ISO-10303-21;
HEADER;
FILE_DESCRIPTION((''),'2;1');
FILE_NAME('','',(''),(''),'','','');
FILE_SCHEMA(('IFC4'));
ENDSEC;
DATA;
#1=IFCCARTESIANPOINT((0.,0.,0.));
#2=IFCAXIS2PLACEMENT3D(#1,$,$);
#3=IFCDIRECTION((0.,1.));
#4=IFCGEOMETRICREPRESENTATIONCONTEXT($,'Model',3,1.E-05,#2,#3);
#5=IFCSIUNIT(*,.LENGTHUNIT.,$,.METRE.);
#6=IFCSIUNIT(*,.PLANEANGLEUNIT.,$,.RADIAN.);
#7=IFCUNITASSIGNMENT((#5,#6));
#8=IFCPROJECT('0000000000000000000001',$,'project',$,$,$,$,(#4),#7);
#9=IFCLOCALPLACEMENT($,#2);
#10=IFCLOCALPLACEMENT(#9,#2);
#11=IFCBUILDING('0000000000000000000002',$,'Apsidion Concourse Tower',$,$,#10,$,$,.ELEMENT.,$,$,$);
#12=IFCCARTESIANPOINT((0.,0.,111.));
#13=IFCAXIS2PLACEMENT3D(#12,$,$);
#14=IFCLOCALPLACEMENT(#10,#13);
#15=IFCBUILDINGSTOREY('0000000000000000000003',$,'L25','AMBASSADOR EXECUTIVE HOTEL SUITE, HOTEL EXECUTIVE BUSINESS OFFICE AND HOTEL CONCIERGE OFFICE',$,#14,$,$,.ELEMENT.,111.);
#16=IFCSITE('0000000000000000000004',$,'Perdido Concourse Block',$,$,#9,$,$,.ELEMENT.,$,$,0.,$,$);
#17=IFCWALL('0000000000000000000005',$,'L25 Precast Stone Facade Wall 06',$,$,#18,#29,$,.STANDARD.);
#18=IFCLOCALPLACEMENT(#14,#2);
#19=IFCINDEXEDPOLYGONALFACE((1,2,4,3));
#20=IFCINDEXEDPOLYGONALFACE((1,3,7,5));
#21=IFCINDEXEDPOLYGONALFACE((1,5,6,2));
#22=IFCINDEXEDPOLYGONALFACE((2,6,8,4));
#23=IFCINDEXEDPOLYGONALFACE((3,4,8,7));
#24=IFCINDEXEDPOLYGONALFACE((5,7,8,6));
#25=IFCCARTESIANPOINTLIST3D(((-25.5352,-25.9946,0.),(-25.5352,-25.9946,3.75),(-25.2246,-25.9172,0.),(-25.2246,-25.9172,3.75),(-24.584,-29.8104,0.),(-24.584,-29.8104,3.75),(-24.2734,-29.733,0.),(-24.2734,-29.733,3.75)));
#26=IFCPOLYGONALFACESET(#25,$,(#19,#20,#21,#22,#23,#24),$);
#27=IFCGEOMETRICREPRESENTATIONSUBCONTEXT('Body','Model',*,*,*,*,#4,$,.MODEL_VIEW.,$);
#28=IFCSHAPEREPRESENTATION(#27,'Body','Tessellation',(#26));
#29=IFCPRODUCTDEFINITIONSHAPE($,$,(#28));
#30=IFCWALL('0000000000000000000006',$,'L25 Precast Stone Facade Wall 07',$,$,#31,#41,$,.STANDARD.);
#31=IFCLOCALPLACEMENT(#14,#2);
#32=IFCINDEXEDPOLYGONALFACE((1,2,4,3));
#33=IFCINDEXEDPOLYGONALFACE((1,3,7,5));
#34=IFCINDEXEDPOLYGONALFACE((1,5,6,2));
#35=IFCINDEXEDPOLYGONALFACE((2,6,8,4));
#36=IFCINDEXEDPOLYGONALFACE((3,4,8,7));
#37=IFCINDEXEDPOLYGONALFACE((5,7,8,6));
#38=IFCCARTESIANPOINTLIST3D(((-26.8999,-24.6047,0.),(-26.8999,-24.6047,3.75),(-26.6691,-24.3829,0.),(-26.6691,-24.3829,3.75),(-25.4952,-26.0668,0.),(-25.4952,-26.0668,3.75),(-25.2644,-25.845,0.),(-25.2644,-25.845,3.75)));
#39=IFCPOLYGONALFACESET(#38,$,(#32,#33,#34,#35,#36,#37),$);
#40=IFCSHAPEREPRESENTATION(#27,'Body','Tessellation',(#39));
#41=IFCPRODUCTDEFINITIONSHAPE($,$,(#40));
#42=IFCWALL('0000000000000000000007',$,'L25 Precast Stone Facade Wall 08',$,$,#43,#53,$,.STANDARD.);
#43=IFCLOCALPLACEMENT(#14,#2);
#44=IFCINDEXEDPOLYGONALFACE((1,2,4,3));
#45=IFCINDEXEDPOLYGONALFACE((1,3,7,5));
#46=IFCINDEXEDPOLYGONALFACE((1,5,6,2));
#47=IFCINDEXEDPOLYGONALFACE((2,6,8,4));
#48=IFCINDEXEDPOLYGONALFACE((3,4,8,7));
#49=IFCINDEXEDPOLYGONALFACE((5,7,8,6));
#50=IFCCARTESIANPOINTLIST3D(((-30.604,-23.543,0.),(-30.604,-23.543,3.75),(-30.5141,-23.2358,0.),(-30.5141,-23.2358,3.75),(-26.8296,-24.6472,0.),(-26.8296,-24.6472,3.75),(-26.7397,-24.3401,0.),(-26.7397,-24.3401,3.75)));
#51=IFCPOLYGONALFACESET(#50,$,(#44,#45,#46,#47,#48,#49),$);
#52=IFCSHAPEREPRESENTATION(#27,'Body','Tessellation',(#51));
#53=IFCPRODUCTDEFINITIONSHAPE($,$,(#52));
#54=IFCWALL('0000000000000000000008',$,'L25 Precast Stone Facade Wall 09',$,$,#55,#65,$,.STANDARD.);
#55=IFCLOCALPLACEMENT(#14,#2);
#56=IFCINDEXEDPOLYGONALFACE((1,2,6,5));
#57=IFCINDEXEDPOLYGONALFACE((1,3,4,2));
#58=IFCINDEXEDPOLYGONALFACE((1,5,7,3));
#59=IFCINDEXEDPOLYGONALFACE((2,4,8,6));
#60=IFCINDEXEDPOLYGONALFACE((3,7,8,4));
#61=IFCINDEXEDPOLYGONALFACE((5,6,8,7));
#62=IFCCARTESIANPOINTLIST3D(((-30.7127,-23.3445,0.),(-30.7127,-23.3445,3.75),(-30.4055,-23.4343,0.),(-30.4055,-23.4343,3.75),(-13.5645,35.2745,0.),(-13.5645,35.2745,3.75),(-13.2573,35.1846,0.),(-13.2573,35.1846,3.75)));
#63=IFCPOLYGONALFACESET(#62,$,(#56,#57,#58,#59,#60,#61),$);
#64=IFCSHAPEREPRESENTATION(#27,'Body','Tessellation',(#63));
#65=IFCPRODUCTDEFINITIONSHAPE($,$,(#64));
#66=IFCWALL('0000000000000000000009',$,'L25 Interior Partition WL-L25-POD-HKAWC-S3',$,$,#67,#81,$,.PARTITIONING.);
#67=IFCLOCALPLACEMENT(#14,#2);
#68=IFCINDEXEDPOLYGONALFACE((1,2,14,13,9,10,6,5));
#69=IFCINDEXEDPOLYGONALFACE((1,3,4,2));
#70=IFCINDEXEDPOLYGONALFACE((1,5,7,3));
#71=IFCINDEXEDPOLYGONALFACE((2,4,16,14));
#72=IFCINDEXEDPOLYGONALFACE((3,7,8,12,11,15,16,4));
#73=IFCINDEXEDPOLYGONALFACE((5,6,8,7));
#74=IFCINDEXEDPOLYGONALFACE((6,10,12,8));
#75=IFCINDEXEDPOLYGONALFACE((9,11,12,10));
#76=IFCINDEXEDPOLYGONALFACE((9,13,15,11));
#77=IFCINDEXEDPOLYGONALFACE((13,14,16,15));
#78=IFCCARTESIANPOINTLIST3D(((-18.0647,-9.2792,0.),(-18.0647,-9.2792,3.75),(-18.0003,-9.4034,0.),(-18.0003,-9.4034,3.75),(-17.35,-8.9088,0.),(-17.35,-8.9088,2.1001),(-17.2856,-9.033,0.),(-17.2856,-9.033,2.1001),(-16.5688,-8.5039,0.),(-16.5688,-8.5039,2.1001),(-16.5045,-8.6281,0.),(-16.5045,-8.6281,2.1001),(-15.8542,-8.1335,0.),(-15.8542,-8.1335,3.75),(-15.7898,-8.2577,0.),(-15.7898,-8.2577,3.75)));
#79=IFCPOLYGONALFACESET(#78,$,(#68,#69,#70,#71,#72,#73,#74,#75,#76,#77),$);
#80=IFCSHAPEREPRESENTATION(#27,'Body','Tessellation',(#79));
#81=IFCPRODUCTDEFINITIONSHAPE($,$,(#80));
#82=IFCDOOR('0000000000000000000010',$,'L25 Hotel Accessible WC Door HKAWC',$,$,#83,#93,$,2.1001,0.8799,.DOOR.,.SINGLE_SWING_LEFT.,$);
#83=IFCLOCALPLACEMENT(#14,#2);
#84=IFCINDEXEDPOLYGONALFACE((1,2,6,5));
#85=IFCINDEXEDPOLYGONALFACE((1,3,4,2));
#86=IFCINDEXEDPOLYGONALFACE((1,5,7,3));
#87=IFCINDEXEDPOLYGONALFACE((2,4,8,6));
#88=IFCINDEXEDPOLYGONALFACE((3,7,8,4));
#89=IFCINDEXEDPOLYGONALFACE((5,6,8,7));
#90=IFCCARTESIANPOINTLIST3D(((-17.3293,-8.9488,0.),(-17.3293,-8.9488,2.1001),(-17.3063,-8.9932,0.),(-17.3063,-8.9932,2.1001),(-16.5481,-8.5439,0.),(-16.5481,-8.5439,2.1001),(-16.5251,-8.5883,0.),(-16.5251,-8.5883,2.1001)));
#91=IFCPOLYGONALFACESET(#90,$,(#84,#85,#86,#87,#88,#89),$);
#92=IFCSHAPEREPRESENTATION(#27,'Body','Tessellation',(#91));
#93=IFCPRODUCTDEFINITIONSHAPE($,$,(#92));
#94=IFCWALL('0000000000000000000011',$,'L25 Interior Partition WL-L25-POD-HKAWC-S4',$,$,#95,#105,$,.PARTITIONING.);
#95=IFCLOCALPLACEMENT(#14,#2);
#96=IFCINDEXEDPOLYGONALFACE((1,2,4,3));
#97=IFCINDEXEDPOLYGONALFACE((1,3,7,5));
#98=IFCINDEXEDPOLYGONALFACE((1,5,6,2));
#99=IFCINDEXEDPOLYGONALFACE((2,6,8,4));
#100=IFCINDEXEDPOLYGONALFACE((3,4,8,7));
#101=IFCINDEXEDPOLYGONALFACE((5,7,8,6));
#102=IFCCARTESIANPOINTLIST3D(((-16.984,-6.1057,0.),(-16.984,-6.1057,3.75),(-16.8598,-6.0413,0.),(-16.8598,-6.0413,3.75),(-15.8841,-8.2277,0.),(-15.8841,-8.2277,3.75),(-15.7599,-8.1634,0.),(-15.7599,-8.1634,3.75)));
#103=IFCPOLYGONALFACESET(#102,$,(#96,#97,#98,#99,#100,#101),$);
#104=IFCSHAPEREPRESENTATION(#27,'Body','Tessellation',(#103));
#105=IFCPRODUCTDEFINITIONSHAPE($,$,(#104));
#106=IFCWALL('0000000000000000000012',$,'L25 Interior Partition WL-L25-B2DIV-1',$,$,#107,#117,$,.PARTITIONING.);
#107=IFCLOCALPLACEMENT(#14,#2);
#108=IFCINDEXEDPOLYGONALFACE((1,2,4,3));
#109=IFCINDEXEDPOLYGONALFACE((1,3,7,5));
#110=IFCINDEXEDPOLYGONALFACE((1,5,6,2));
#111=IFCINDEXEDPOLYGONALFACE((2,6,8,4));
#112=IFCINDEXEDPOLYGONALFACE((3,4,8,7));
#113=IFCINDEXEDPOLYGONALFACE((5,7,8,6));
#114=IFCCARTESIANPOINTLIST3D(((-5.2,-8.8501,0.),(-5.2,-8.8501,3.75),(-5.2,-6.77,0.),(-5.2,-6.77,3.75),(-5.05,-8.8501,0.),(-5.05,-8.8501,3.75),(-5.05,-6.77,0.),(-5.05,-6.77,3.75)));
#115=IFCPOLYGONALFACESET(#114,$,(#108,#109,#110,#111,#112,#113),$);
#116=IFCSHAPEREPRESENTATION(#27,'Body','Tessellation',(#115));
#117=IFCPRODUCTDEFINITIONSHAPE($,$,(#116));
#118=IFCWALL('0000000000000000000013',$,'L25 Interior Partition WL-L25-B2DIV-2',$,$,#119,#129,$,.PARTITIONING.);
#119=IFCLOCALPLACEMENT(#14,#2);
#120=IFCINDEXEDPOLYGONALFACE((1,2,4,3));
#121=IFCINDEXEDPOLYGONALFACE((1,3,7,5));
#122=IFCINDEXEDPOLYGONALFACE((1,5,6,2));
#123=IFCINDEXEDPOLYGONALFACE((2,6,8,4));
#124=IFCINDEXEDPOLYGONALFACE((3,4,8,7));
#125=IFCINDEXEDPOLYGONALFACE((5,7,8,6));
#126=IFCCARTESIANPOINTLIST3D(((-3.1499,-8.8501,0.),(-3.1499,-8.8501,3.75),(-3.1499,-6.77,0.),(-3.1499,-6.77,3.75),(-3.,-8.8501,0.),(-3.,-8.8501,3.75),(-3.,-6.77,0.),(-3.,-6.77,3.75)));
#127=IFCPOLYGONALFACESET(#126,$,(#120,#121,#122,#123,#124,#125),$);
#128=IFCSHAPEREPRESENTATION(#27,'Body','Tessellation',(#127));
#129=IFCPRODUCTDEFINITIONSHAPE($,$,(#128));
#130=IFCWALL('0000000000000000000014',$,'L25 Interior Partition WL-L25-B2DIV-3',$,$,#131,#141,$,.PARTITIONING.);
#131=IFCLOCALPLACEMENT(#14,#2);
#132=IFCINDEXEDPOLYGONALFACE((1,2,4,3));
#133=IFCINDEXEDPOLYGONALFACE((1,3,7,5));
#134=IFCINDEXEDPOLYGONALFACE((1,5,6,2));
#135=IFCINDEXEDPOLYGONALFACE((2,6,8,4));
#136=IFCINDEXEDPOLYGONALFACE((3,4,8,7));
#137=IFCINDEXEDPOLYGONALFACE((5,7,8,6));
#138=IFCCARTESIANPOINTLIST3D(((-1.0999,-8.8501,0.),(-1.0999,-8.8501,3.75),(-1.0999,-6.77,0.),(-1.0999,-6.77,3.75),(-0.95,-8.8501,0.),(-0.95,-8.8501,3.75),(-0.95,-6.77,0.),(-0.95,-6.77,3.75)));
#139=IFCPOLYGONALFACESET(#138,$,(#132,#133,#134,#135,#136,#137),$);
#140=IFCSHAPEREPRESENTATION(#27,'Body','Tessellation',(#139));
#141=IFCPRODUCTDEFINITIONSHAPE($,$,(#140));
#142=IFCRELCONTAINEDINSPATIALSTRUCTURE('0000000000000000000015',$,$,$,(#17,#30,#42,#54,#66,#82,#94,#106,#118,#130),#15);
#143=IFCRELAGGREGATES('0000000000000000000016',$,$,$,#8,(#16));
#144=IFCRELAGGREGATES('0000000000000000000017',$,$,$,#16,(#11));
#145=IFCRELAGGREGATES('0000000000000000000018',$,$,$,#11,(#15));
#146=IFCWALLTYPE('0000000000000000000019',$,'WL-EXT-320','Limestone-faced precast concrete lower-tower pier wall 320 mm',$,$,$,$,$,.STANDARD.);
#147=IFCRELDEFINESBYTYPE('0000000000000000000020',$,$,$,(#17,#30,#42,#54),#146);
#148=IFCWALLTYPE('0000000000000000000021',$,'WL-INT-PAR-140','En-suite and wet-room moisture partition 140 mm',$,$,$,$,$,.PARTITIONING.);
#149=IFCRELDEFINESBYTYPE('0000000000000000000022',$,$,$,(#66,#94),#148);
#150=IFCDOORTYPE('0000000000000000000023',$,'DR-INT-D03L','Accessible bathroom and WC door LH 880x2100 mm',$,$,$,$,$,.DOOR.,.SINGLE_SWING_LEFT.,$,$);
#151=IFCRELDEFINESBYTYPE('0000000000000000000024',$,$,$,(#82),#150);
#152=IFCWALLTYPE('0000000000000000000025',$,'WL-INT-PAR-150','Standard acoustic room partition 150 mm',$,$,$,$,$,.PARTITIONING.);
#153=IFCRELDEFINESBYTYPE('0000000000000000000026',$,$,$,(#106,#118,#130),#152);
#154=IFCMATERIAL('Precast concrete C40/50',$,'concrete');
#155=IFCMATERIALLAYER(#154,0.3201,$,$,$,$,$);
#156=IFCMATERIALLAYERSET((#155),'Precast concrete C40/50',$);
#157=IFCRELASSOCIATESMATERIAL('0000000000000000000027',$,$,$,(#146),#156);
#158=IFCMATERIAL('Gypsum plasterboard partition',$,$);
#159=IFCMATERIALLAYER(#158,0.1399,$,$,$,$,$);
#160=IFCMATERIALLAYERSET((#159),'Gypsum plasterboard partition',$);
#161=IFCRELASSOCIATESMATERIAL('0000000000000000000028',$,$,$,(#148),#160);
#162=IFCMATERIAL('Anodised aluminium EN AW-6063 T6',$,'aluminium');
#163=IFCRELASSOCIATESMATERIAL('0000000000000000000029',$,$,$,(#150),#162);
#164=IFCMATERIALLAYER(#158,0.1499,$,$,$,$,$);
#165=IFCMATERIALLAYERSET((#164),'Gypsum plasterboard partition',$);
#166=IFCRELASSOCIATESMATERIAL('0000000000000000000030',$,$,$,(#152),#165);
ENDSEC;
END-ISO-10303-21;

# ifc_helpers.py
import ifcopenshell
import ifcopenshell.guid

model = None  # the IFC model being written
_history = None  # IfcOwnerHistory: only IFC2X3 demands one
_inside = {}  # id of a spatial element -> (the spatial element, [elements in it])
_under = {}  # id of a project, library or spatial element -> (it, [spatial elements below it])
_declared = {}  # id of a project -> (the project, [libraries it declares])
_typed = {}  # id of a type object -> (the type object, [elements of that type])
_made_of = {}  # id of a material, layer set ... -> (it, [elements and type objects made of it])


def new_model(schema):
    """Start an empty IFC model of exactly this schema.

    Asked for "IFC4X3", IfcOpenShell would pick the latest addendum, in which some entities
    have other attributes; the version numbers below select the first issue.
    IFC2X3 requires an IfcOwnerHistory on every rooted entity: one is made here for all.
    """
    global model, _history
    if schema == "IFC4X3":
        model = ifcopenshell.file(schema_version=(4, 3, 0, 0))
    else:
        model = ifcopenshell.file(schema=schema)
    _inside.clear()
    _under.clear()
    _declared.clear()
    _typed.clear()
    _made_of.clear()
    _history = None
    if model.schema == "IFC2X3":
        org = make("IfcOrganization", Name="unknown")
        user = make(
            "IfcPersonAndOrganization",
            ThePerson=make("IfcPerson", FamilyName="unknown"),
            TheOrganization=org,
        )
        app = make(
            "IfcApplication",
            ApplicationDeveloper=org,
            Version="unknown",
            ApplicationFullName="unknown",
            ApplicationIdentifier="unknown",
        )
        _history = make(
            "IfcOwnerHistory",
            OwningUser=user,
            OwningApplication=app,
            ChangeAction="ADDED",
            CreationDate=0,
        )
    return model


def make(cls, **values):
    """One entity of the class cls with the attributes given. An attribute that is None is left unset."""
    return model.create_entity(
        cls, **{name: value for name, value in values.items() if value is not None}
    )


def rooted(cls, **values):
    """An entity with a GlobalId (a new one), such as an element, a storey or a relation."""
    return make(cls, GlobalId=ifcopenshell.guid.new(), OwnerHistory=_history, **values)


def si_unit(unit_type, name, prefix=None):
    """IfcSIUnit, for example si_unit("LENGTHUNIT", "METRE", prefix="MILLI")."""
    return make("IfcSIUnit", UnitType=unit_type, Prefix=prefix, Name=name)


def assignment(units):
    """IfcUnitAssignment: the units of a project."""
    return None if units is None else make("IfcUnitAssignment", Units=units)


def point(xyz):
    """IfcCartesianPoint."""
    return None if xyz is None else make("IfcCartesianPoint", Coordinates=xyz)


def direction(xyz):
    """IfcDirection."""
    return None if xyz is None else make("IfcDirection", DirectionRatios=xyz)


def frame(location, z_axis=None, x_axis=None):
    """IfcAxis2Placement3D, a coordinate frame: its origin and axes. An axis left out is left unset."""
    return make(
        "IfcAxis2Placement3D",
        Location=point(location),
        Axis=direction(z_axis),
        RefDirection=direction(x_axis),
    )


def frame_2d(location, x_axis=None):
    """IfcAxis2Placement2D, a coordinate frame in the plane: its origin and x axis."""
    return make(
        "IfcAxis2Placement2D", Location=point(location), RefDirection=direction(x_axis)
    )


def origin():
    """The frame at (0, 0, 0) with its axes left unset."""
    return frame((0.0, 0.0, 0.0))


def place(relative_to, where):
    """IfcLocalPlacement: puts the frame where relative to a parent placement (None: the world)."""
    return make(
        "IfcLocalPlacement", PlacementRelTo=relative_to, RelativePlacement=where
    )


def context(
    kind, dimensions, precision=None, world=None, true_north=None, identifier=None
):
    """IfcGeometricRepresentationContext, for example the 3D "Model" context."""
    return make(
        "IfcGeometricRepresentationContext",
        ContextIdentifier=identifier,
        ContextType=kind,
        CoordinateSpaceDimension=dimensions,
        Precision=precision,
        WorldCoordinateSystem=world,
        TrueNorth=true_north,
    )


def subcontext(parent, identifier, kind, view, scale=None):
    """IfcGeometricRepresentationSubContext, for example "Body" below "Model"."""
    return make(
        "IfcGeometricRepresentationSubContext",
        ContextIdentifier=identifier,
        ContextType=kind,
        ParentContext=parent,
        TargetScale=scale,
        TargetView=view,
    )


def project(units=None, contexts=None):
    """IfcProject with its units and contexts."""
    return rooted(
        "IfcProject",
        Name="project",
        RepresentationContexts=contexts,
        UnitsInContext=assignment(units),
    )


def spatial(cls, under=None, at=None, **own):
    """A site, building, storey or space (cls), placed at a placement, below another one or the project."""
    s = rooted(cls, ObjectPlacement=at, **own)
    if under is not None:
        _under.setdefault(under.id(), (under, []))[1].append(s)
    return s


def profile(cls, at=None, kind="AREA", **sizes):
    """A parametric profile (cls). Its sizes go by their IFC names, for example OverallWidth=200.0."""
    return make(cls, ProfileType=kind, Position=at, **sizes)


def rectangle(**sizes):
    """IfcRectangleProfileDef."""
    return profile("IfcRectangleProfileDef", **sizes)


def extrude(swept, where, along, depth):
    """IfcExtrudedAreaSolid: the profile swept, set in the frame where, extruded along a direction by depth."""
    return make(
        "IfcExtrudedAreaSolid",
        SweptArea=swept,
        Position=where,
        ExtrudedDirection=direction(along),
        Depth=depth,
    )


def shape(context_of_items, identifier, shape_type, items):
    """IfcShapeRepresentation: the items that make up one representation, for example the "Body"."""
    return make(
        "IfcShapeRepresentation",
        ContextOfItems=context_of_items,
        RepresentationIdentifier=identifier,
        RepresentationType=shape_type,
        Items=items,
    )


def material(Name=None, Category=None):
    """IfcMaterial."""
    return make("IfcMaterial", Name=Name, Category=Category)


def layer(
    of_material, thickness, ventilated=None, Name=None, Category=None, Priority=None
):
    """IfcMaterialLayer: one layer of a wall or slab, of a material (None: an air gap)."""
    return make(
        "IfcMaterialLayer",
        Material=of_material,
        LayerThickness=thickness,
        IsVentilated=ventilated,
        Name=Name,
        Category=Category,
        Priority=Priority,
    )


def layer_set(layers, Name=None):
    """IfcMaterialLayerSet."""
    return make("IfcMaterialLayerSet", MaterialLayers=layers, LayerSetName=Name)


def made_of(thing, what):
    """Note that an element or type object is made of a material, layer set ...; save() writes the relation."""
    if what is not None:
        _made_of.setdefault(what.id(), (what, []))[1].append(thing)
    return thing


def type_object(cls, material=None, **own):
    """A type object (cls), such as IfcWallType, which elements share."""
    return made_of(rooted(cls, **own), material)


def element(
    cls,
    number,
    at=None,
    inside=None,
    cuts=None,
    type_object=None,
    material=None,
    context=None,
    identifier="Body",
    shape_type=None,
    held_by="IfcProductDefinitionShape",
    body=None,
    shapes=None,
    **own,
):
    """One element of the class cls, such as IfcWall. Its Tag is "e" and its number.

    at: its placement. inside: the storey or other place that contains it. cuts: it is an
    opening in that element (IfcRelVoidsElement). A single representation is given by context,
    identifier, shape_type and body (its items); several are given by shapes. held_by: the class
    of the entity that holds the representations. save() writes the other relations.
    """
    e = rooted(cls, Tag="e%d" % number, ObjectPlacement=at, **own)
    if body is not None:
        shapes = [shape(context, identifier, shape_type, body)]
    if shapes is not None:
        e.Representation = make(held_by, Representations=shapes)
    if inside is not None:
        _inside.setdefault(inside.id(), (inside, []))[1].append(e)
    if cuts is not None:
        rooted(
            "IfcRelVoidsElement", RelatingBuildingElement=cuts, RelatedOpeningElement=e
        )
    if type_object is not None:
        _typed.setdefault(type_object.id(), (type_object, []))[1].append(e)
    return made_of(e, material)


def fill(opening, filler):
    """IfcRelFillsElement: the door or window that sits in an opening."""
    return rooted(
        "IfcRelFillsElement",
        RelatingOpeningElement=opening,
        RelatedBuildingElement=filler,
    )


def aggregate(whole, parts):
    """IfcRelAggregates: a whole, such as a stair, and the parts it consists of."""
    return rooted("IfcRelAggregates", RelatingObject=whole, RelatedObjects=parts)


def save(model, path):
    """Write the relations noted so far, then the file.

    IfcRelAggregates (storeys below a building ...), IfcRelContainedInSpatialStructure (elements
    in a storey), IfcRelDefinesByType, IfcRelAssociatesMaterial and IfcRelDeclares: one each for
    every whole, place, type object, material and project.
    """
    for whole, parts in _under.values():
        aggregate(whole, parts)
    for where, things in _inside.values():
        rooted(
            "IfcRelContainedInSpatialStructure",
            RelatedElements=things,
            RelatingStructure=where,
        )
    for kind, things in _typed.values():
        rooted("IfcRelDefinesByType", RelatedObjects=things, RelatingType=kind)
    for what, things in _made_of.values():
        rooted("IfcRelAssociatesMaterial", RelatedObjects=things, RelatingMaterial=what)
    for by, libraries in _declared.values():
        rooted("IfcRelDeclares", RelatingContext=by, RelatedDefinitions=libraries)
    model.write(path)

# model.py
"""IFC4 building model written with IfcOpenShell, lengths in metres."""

from ifc_helpers import new_model, si_unit, direction, frame, frame_2d, origin, place, context, subcontext, project, spatial, rectangle, extrude, material, layer, layer_set, type_object, element, fill, save


model = new_model("IFC4")

# Units and contexts
model_context = context("Model", 3, precision=1e-05, world=origin(), true_north=direction((0.0, 1.0)))
body_context = subcontext(model_context, "Body", "Model", "MODEL_VIEW")
ifc_project = project(units=[si_unit("LENGTHUNIT", "METRE"), si_unit("PLANEANGLEUNIT", "RADIAN")], contexts=[model_context])

# Site, building, storey
site_placement = place(None, origin())
site = spatial("IfcSite", under=ifc_project, at=site_placement, Name="Perdido Concourse Block", CompositionType="ELEMENT", RefElevation=0.0)
building_placement = place(site_placement, origin())
building = spatial("IfcBuilding", under=site, at=building_placement, Name="Apsidion Concourse Tower", CompositionType="ELEMENT")
storey_placement = place(building_placement, frame((0.0, 0.0, 111.0)))
storey = spatial("IfcBuildingStorey", under=building, at=storey_placement, Name="L25", Description="AMBASSADOR EXECUTIVE HOTEL SUITE, HOTEL EXECUTIVE BUSINESS OFFICE AND HOTEL CONCIERGE OFFICE", CompositionType="ELEMENT", Elevation=111.0)

# Walls
ifc_material_1 = material(Name="Precast concrete C40/50", Category="concrete")
ifc_layer_1 = layer(ifc_material_1, 0.3201)
ifc_layer_set_1 = layer_set([ifc_layer_1], Name="Precast concrete C40/50")
wall_type_1 = type_object("IfcWallType", Name="WL-EXT-320", Description="Limestone-faced precast concrete lower-tower pier wall 320 mm", PredefinedType="STANDARD", material=ifc_layer_set_1)
wall_1_placement = place(storey_placement, frame((-24.4287, -29.7717, 0.0), z_axis=(0.0, 0.0, 1.0), x_axis=(-0.241864, 0.97031, 0.0)))
element("IfcWall", 1, at=wall_1_placement, inside=storey, type_object=wall_type_1, Name="L25 Precast Stone Facade Wall 06", PredefinedType="STANDARD", context=body_context, shape_type="SweptSolid", body=[
    extrude(rectangle(XDim=3.9326, YDim=0.3201, at=frame_2d((1.9663, 0.0))), origin(), (0.0, 0.0, 1.0), 3.75),
])
wall_2_placement = place(storey_placement, frame((-25.3799, -25.9558, 0.0), z_axis=(0.0, 0.0, 1.0), x_axis=(-0.692818, 0.721113, 0.0)))
element("IfcWall", 2, at=wall_2_placement, inside=storey, type_object=wall_type_1, Name="L25 Precast Stone Facade Wall 07", PredefinedType="STANDARD", context=body_context, shape_type="SweptSolid", body=[
    extrude(rectangle(XDim=2.0276, YDim=0.3201, at=frame_2d((1.0137, 0.0))), origin(), (0.0, 0.0, 1.0), 3.75),
])
wall_3_placement = place(storey_placement, frame((-26.7847, -24.4937, 0.0), z_axis=(0.0, 0.0, 1.0), x_axis=(-0.959769, 0.280791, 0.0)))
element("IfcWall", 3, at=wall_3_placement, inside=storey, type_object=wall_type_1, Name="L25 Precast Stone Facade Wall 08", PredefinedType="STANDARD", context=body_context, shape_type="SweptSolid", body=[
    extrude(rectangle(XDim=3.9326, YDim=0.3201, at=frame_2d((1.9663, 0.0))), origin(), (0.0, 0.0, 1.0), 3.75),
])
wall_4_placement = place(storey_placement, frame((-30.5591, -23.3894, 0.0), z_axis=(0.0, 0.0, 1.0), x_axis=(0.28077, 0.959775, 0.0)))
element("IfcWall", 4, at=wall_4_placement, inside=storey, type_object=wall_type_1, Name="L25 Precast Stone Facade Wall 09", PredefinedType="STANDARD", context=body_context, shape_type="SweptSolid", body=[
    extrude(rectangle(XDim=61.0757, YDim=0.3201, at=frame_2d((30.5378, 0.0))), origin(), (0.0, 0.0, 1.0), 3.75),
])

# Wall, opening, door
ifc_material_2 = material(Name="Gypsum plasterboard partition")
ifc_layer_2 = layer(ifc_material_2, 0.1399)
ifc_layer_set_2 = layer_set([ifc_layer_2], Name="Gypsum plasterboard partition")
wall_type_2 = type_object("IfcWallType", Name="WL-INT-PAR-140", Description="En-suite and wet-room moisture partition 140 mm", PredefinedType="PARTITIONING", material=ifc_layer_set_2)
wall_5_placement = place(storey_placement, frame((-18.0325, -9.3413, 0.0), z_axis=(0.0, 0.0, 1.0), x_axis=(0.887821, 0.460188, 0.0)))
wall_5 = element("IfcWall", 5, at=wall_5_placement, inside=storey, type_object=wall_type_2, Name="L25 Interior Partition WL-L25-POD-HKAWC-S3", PredefinedType="PARTITIONING", context=body_context, shape_type="SweptSolid", body=[
    extrude(rectangle(XDim=2.4897, YDim=0.1399, at=frame_2d((1.2449, 0.0))), origin(), (0.0, 0.0, 1.0), 3.75),
])
opening_1_placement = place(wall_5_placement, frame((0.8049, 0.0, 0.0)))
opening_1 = element("IfcOpeningElement", 6, at=opening_1_placement, cuts=wall_5, PredefinedType="OPENING", context=body_context, shape_type="SweptSolid", body=[
    extrude(rectangle(XDim=0.8799, YDim=2.1001, at=frame_2d((0.4399, 1.05))), frame((0.0, 0.0801, 0.0), z_axis=(0.0, -1.0, 0.0), x_axis=(1.0, 0.0, 0.0)), (0.0, 0.0, 1.0), 0.1599),
])
ifc_material_3 = material(Name="Anodised aluminium EN AW-6063 T6", Category="aluminium")
door_type_1 = type_object("IfcDoorType", Name="DR-INT-D03L", Description="Accessible bathroom and WC door LH 880x2100 mm", OperationType="SINGLE_SWING_LEFT", PredefinedType="DOOR", material=ifc_material_3)
door_1_placement = place(opening_1_placement, origin())
door_1 = element("IfcDoor", 7, at=door_1_placement, inside=storey, type_object=door_type_1, Name="L25 Hotel Accessible WC Door HKAWC", OperationType="SINGLE_SWING_LEFT", OverallHeight=2.1001, OverallWidth=0.8799, PredefinedType="DOOR", context=body_context, shape_type="SweptSolid", body=[
    extrude(rectangle(XDim=0.8799, YDim=2.1001, at=frame_2d((0.4399, 1.05))), frame((0.0, 0.0249, 0.0), z_axis=(0.0, -1.0, 0.0), x_axis=(1.0, 0.0, 0.0)), (0.0, 0.0, 1.0), 0.05),
])
fill(opening_1, door_1)

# Walls
wall_6_placement = place(storey_placement, frame((-15.822, -8.1956, 0.0), z_axis=(0.0, 0.0, 1.0), x_axis=(-0.460159, 0.887836, 0.0)))
element("IfcWall", 8, at=wall_6_placement, inside=storey, type_object=wall_type_2, Name="L25 Interior Partition WL-L25-POD-HKAWC-S4", PredefinedType="PARTITIONING", context=body_context, shape_type="SweptSolid", body=[
    extrude(rectangle(XDim=2.3901, YDim=0.1399, at=frame_2d((1.1951, 0.0))), origin(), (0.0, 0.0, 1.0), 3.75),
])
ifc_layer_3 = layer(ifc_material_2, 0.1499)
ifc_layer_set_3 = layer_set([ifc_layer_3], Name="Gypsum plasterboard partition")
wall_type_3 = type_object("IfcWallType", Name="WL-INT-PAR-150", Description="Standard acoustic room partition 150 mm", PredefinedType="PARTITIONING", material=ifc_layer_set_3)
for number, where, z_axis, x_axis, name in (
    (9, (-5.125, -8.8501, 0.0), (0.0, 0.0, 1.0), (0.0, 1.0, 0.0), "L25 Interior Partition WL-L25-B2DIV-1"),
    (10, (-3.075, -8.8501, 0.0), (0.0, 0.0, 1.0), (0.0, 1.0, 0.0), "L25 Interior Partition WL-L25-B2DIV-2"),
    (11, (-1.0249, -8.8501, 0.0), (0.0, 0.0, 1.0), (0.0, 1.0, 0.0), "L25 Interior Partition WL-L25-B2DIV-3"),
):
    element("IfcWall", number, at=place(storey_placement, frame(where, z_axis=z_axis, x_axis=x_axis)), inside=storey, type_object=wall_type_3, Name=name, PredefinedType="PARTITIONING", context=body_context, shape_type="SweptSolid", body=[
        extrude(rectangle(XDim=2.0801, YDim=0.1499, at=frame_2d((1.04, 0.0))), origin(), (0.0, 0.0, 1.0), 3.75),
    ])

save(model, "model.ifc")
